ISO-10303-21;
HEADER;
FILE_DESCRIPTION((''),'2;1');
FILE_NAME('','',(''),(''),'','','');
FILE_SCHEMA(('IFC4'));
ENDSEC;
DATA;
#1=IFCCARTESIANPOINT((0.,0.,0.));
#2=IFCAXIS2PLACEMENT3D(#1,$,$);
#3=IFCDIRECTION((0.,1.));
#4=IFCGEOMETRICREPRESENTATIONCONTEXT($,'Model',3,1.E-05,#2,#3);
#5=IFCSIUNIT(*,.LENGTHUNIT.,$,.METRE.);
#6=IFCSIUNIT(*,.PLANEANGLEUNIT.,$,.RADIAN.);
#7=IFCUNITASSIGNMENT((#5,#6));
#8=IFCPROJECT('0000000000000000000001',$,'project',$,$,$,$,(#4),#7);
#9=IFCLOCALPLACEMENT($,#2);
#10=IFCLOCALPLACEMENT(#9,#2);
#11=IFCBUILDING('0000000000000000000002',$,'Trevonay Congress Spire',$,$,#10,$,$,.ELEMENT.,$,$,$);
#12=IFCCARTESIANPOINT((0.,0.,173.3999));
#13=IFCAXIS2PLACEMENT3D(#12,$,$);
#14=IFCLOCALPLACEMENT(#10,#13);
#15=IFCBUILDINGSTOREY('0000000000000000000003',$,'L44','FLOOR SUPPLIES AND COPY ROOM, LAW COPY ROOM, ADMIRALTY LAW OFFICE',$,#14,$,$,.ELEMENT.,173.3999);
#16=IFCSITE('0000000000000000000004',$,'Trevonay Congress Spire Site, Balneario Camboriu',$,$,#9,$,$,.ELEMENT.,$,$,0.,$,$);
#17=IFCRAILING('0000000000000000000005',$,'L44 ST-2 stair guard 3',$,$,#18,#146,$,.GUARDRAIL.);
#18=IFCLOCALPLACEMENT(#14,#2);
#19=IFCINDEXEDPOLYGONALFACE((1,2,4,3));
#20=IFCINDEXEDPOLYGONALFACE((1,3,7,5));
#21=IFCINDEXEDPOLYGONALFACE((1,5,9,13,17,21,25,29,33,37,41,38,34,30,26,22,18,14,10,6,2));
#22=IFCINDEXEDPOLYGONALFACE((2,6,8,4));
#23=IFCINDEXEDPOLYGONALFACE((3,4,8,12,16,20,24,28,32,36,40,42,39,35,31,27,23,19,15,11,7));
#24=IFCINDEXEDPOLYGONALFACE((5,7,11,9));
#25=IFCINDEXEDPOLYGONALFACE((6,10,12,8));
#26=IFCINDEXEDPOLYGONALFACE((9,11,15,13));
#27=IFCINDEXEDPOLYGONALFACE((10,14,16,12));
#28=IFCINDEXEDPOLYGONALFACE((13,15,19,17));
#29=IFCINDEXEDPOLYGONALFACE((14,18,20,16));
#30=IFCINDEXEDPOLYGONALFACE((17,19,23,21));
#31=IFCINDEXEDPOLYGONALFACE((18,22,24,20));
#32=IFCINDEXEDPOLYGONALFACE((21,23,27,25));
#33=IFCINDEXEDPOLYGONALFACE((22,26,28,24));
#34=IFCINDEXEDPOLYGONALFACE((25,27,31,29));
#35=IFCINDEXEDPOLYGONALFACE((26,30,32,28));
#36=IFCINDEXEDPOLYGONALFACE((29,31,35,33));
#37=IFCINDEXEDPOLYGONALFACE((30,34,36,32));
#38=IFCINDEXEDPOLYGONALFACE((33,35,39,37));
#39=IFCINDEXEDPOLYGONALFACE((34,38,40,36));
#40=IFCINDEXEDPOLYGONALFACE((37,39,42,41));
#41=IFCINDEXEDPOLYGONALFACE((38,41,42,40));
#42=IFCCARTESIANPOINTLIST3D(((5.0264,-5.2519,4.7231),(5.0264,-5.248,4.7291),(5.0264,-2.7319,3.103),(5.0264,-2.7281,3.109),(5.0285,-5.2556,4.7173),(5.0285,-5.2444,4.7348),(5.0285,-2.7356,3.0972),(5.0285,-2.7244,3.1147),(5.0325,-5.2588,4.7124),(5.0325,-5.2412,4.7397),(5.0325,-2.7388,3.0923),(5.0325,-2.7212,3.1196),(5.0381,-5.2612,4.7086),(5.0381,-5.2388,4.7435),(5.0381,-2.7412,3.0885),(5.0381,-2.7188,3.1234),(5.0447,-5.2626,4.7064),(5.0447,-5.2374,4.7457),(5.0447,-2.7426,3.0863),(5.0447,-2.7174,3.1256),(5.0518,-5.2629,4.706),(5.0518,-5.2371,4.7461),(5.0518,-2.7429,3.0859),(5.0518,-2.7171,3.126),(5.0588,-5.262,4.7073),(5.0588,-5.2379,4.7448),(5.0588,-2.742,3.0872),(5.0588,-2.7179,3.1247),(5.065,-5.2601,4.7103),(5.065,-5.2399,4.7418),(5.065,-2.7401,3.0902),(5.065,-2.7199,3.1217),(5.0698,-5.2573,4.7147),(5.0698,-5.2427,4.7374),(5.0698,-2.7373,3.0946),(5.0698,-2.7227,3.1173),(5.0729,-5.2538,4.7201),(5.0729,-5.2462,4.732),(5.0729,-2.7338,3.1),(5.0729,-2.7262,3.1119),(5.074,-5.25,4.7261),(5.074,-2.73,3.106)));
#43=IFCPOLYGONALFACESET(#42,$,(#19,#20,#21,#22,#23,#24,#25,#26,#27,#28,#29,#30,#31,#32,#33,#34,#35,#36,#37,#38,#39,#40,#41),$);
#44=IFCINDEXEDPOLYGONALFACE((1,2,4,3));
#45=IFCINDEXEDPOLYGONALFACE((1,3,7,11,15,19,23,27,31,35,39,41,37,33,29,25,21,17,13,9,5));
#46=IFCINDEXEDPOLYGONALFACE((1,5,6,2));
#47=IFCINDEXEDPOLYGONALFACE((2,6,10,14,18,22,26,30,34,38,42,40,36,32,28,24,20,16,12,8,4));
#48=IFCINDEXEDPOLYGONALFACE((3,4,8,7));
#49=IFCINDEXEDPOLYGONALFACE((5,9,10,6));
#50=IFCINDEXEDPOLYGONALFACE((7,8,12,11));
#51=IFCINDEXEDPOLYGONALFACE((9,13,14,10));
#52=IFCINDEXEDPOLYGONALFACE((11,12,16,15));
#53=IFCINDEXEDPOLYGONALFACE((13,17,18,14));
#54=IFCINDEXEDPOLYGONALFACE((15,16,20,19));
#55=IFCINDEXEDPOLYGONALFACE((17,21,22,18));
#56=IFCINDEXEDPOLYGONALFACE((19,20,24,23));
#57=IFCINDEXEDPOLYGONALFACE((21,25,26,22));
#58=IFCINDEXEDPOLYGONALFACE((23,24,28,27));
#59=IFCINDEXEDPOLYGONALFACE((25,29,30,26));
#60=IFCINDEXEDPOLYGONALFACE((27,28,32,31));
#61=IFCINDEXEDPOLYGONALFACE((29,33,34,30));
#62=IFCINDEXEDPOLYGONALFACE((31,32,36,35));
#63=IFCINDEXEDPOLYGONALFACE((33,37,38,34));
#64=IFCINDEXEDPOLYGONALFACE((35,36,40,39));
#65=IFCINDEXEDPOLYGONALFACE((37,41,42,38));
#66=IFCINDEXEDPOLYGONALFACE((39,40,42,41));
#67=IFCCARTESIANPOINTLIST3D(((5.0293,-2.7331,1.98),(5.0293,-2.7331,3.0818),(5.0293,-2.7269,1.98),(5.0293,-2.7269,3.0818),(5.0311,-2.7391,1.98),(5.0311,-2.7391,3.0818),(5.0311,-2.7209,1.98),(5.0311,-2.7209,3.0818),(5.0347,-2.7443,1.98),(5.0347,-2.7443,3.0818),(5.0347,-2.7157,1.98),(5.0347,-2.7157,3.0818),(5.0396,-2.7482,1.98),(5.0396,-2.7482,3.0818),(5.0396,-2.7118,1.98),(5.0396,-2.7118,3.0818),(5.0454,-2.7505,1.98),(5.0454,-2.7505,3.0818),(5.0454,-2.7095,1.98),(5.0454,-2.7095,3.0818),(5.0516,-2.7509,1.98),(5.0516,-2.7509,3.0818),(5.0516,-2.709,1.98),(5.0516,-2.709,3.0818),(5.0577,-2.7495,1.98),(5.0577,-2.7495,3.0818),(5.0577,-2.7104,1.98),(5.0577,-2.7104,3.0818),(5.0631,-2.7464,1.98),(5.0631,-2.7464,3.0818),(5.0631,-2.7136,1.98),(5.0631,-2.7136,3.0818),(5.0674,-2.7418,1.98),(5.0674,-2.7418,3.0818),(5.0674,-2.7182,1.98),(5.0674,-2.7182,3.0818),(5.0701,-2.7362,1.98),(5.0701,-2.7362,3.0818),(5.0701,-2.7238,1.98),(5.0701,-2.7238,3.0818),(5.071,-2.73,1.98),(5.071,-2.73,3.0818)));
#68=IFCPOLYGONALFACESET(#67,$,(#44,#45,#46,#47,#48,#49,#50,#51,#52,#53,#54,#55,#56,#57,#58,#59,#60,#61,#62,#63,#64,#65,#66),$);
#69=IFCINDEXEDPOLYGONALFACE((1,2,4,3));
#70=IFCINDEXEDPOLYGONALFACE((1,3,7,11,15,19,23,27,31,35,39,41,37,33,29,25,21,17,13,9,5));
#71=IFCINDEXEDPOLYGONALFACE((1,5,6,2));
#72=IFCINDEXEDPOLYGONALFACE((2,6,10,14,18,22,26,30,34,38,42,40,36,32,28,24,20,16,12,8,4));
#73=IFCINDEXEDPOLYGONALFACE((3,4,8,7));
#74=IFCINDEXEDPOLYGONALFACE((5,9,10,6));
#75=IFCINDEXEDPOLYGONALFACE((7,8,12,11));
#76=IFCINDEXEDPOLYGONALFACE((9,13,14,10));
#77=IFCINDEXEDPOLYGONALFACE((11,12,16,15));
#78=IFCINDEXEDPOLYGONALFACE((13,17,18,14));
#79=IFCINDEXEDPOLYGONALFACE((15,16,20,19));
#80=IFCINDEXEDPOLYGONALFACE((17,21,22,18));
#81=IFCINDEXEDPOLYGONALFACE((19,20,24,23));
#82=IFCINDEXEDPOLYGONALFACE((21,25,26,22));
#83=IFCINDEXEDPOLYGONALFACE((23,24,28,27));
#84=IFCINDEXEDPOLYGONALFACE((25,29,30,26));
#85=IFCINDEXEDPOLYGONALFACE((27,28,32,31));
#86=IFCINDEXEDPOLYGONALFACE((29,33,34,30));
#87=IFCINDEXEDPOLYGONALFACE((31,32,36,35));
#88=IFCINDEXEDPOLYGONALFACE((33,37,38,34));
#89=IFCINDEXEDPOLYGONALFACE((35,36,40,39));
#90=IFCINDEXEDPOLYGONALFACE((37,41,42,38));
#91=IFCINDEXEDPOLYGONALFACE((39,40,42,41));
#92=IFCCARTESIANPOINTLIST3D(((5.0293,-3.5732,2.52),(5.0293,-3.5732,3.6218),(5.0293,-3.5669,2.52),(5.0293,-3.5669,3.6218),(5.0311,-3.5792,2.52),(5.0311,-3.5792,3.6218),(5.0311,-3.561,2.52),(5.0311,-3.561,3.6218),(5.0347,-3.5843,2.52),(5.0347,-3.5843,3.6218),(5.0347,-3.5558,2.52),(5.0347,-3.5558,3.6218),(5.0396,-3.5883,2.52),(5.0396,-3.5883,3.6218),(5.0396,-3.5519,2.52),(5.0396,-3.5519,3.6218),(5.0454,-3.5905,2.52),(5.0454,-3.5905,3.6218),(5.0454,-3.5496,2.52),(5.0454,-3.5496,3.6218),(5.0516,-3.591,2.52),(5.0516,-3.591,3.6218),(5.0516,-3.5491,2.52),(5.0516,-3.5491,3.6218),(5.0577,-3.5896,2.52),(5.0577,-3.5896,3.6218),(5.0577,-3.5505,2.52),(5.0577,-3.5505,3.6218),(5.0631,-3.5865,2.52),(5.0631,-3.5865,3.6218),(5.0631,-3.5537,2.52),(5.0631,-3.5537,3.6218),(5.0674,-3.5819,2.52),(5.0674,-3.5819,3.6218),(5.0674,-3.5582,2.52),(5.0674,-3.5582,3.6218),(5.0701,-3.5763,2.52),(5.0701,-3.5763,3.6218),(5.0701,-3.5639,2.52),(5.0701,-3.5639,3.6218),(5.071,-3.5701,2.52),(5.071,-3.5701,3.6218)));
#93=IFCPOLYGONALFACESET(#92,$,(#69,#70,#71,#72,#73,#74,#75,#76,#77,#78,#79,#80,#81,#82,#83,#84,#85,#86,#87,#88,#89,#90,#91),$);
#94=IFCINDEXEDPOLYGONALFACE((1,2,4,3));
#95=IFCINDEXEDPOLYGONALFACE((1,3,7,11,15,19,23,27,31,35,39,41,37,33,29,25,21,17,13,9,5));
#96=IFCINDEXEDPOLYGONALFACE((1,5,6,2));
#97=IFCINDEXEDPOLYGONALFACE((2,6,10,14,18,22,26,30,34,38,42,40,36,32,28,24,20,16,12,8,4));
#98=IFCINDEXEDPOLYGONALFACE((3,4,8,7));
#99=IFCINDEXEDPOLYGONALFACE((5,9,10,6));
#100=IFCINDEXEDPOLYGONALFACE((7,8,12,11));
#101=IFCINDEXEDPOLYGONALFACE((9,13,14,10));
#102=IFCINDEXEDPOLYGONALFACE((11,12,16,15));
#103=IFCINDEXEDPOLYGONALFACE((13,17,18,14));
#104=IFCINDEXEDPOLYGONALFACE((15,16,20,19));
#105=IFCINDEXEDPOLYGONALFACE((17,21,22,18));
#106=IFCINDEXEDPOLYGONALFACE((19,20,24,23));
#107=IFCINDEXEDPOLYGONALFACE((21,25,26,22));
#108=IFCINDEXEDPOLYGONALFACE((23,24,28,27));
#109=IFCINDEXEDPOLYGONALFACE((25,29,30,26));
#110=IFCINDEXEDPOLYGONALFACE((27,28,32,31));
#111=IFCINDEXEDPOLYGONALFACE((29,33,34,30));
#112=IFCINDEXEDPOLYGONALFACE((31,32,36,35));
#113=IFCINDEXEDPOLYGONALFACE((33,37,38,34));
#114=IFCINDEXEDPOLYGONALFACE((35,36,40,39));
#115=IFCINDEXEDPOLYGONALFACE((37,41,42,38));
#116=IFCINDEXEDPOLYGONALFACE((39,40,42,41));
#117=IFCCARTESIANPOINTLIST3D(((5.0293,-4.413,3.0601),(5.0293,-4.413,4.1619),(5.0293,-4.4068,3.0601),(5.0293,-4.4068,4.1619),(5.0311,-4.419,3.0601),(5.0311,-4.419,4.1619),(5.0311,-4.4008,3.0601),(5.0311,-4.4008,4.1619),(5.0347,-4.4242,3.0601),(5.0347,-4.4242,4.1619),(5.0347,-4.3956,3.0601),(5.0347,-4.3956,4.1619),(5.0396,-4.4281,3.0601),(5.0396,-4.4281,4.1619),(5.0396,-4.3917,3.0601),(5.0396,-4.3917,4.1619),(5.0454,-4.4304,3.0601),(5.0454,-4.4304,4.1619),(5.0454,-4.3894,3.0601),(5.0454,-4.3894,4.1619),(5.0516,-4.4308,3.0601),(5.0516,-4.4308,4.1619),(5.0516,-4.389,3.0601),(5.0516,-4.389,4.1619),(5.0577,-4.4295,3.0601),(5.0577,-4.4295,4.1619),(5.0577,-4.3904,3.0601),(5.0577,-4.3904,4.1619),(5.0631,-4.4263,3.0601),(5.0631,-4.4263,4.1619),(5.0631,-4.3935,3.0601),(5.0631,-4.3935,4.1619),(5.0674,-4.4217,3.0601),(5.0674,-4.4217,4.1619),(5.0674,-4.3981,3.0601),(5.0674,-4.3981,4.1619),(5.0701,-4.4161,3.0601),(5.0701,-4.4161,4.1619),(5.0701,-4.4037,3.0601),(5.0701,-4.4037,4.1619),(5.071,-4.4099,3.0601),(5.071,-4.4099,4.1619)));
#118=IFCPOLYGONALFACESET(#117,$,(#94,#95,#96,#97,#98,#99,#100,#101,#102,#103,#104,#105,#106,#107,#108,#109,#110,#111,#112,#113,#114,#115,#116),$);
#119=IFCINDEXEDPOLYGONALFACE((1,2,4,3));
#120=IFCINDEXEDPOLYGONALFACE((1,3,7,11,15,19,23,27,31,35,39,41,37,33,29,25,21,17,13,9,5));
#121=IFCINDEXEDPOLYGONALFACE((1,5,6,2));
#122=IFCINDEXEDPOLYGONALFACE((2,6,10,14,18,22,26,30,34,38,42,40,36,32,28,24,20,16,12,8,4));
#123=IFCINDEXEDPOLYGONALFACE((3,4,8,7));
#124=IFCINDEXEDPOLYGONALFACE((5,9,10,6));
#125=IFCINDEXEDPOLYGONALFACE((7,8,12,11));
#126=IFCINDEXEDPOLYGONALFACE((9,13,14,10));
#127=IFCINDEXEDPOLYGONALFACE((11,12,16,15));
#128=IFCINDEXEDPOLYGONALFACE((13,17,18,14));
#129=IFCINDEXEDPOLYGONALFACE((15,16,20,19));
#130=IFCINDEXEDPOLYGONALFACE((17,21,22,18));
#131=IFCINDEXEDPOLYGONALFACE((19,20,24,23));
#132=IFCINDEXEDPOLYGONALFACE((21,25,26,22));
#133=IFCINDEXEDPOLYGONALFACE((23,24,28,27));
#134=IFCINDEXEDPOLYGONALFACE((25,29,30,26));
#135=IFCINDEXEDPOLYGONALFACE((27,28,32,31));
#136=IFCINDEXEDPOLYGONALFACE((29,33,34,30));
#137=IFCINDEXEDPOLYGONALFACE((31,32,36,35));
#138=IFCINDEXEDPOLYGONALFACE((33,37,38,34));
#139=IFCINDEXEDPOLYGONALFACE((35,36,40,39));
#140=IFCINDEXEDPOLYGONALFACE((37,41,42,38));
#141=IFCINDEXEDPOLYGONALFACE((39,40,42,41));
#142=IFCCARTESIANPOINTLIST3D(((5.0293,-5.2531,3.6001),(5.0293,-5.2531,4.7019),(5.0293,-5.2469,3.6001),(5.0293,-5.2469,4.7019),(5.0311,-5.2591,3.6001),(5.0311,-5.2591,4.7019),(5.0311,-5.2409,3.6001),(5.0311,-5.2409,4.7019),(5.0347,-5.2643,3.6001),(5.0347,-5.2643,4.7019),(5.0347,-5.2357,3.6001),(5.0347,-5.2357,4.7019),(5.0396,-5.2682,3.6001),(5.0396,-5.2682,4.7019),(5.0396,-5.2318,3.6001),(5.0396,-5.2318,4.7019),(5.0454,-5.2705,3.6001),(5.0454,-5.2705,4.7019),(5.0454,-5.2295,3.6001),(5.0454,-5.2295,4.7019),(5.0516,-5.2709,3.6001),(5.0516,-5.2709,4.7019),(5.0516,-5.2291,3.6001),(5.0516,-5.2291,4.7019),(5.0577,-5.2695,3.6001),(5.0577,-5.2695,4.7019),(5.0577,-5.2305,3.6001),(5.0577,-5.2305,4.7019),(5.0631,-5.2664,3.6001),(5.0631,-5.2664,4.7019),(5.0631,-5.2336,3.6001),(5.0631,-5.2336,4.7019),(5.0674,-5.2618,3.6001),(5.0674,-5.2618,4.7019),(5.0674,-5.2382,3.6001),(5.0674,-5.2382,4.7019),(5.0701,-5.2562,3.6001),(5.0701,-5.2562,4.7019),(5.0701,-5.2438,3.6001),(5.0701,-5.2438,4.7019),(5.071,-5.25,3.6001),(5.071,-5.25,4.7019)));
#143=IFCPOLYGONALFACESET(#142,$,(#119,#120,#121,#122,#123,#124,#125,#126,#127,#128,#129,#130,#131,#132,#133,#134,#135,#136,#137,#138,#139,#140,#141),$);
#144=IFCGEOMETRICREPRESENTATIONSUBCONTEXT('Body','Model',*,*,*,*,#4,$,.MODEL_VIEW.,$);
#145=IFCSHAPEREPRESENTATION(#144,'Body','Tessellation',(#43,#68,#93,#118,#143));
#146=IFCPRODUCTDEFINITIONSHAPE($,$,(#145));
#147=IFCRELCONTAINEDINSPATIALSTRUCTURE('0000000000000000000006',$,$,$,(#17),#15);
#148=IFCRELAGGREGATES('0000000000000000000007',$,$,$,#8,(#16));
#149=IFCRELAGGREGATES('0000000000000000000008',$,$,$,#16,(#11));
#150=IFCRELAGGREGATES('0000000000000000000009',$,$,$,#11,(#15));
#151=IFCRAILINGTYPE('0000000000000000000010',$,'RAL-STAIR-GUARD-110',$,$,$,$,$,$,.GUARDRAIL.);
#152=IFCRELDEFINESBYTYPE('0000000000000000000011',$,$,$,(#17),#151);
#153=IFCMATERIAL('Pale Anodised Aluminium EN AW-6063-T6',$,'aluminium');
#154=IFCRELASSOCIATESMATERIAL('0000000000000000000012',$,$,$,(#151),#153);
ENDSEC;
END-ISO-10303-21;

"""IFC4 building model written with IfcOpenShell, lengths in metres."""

from ifc_helpers import new_model, si_unit, direction, frame, origin, origin_2d, place, context, subcontext, project, spatial, circle, extrude, material, type_object, element, save


model = new_model("IFC4")

# Units and contexts
model_context = context("Model", 3, precision=1e-05, world=origin(), true_north=direction((0.0, 1.0)))
body_context = subcontext(model_context, "Body", "Model", "MODEL_VIEW")
ifc_project = project(units=[si_unit("LENGTHUNIT", "METRE"), si_unit("PLANEANGLEUNIT", "RADIAN")], contexts=[model_context])

# Site, building, storey
site_placement = place(None, origin())
site = spatial("IfcSite", under=ifc_project, at=site_placement, Name="Trevonay Congress Spire Site, Balneario Camboriu", CompositionType="ELEMENT", RefElevation=0.0)
building_placement = place(site_placement, origin())
building = spatial("IfcBuilding", under=site, at=building_placement, Name="Trevonay Congress Spire", CompositionType="ELEMENT")
storey_placement = place(building_placement, frame((0.0, 0.0, 173.3999)))
storey = spatial("IfcBuildingStorey", under=building, at=storey_placement, Name="L44", Description="FLOOR SUPPLIES AND COPY ROOM, LAW COPY ROOM, ADMIRALTY LAW OFFICE", CompositionType="ELEMENT", Elevation=173.3999)

# Railing
ifc_material_1 = material(Name="Pale Anodised Aluminium EN AW-6063-T6", Category="aluminium")
railing_type_1 = type_object("IfcRailingType", Name="RAL-STAIR-GUARD-110", PredefinedType="GUARDRAIL", material=ifc_material_1)
railing_1_placement = place(storey_placement, frame((5.05, -2.73, 1.98)))
element("IfcRailing", 1, at=railing_1_placement, inside=storey, type_object=railing_type_1, Name="L44 ST-2 stair guard 3", PredefinedType="GUARDRAIL", context=body_context, shape_type="SweptSolid", body=[
    extrude(circle(Radius=0.0239, at=origin_2d()), frame((0.0, 0.0, 1.126), z_axis=(0.0, -0.841163, 0.540782), x_axis=(1.0, 0.0, 0.0)), (0.0, 0.0, 1.0), 2.9958),
    extrude(circle(Radius=0.021, at=origin_2d()), origin(), (0.0, 0.0, 1.0), 1.1018),
    extrude(circle(Radius=0.021, at=origin_2d()), frame((0.0, -0.8401, 0.54)), (0.0, 0.0, 1.0), 1.1018),
    extrude(circle(Radius=0.021, at=origin_2d()), frame((0.0, -1.6799, 1.0801)), (0.0, 0.0, 1.0), 1.1018),
    extrude(circle(Radius=0.021, at=origin_2d()), frame((0.0, -2.52, 1.6201)), (0.0, 0.0, 1.0), 1.1018),
])

save(model, "model.ifc")
